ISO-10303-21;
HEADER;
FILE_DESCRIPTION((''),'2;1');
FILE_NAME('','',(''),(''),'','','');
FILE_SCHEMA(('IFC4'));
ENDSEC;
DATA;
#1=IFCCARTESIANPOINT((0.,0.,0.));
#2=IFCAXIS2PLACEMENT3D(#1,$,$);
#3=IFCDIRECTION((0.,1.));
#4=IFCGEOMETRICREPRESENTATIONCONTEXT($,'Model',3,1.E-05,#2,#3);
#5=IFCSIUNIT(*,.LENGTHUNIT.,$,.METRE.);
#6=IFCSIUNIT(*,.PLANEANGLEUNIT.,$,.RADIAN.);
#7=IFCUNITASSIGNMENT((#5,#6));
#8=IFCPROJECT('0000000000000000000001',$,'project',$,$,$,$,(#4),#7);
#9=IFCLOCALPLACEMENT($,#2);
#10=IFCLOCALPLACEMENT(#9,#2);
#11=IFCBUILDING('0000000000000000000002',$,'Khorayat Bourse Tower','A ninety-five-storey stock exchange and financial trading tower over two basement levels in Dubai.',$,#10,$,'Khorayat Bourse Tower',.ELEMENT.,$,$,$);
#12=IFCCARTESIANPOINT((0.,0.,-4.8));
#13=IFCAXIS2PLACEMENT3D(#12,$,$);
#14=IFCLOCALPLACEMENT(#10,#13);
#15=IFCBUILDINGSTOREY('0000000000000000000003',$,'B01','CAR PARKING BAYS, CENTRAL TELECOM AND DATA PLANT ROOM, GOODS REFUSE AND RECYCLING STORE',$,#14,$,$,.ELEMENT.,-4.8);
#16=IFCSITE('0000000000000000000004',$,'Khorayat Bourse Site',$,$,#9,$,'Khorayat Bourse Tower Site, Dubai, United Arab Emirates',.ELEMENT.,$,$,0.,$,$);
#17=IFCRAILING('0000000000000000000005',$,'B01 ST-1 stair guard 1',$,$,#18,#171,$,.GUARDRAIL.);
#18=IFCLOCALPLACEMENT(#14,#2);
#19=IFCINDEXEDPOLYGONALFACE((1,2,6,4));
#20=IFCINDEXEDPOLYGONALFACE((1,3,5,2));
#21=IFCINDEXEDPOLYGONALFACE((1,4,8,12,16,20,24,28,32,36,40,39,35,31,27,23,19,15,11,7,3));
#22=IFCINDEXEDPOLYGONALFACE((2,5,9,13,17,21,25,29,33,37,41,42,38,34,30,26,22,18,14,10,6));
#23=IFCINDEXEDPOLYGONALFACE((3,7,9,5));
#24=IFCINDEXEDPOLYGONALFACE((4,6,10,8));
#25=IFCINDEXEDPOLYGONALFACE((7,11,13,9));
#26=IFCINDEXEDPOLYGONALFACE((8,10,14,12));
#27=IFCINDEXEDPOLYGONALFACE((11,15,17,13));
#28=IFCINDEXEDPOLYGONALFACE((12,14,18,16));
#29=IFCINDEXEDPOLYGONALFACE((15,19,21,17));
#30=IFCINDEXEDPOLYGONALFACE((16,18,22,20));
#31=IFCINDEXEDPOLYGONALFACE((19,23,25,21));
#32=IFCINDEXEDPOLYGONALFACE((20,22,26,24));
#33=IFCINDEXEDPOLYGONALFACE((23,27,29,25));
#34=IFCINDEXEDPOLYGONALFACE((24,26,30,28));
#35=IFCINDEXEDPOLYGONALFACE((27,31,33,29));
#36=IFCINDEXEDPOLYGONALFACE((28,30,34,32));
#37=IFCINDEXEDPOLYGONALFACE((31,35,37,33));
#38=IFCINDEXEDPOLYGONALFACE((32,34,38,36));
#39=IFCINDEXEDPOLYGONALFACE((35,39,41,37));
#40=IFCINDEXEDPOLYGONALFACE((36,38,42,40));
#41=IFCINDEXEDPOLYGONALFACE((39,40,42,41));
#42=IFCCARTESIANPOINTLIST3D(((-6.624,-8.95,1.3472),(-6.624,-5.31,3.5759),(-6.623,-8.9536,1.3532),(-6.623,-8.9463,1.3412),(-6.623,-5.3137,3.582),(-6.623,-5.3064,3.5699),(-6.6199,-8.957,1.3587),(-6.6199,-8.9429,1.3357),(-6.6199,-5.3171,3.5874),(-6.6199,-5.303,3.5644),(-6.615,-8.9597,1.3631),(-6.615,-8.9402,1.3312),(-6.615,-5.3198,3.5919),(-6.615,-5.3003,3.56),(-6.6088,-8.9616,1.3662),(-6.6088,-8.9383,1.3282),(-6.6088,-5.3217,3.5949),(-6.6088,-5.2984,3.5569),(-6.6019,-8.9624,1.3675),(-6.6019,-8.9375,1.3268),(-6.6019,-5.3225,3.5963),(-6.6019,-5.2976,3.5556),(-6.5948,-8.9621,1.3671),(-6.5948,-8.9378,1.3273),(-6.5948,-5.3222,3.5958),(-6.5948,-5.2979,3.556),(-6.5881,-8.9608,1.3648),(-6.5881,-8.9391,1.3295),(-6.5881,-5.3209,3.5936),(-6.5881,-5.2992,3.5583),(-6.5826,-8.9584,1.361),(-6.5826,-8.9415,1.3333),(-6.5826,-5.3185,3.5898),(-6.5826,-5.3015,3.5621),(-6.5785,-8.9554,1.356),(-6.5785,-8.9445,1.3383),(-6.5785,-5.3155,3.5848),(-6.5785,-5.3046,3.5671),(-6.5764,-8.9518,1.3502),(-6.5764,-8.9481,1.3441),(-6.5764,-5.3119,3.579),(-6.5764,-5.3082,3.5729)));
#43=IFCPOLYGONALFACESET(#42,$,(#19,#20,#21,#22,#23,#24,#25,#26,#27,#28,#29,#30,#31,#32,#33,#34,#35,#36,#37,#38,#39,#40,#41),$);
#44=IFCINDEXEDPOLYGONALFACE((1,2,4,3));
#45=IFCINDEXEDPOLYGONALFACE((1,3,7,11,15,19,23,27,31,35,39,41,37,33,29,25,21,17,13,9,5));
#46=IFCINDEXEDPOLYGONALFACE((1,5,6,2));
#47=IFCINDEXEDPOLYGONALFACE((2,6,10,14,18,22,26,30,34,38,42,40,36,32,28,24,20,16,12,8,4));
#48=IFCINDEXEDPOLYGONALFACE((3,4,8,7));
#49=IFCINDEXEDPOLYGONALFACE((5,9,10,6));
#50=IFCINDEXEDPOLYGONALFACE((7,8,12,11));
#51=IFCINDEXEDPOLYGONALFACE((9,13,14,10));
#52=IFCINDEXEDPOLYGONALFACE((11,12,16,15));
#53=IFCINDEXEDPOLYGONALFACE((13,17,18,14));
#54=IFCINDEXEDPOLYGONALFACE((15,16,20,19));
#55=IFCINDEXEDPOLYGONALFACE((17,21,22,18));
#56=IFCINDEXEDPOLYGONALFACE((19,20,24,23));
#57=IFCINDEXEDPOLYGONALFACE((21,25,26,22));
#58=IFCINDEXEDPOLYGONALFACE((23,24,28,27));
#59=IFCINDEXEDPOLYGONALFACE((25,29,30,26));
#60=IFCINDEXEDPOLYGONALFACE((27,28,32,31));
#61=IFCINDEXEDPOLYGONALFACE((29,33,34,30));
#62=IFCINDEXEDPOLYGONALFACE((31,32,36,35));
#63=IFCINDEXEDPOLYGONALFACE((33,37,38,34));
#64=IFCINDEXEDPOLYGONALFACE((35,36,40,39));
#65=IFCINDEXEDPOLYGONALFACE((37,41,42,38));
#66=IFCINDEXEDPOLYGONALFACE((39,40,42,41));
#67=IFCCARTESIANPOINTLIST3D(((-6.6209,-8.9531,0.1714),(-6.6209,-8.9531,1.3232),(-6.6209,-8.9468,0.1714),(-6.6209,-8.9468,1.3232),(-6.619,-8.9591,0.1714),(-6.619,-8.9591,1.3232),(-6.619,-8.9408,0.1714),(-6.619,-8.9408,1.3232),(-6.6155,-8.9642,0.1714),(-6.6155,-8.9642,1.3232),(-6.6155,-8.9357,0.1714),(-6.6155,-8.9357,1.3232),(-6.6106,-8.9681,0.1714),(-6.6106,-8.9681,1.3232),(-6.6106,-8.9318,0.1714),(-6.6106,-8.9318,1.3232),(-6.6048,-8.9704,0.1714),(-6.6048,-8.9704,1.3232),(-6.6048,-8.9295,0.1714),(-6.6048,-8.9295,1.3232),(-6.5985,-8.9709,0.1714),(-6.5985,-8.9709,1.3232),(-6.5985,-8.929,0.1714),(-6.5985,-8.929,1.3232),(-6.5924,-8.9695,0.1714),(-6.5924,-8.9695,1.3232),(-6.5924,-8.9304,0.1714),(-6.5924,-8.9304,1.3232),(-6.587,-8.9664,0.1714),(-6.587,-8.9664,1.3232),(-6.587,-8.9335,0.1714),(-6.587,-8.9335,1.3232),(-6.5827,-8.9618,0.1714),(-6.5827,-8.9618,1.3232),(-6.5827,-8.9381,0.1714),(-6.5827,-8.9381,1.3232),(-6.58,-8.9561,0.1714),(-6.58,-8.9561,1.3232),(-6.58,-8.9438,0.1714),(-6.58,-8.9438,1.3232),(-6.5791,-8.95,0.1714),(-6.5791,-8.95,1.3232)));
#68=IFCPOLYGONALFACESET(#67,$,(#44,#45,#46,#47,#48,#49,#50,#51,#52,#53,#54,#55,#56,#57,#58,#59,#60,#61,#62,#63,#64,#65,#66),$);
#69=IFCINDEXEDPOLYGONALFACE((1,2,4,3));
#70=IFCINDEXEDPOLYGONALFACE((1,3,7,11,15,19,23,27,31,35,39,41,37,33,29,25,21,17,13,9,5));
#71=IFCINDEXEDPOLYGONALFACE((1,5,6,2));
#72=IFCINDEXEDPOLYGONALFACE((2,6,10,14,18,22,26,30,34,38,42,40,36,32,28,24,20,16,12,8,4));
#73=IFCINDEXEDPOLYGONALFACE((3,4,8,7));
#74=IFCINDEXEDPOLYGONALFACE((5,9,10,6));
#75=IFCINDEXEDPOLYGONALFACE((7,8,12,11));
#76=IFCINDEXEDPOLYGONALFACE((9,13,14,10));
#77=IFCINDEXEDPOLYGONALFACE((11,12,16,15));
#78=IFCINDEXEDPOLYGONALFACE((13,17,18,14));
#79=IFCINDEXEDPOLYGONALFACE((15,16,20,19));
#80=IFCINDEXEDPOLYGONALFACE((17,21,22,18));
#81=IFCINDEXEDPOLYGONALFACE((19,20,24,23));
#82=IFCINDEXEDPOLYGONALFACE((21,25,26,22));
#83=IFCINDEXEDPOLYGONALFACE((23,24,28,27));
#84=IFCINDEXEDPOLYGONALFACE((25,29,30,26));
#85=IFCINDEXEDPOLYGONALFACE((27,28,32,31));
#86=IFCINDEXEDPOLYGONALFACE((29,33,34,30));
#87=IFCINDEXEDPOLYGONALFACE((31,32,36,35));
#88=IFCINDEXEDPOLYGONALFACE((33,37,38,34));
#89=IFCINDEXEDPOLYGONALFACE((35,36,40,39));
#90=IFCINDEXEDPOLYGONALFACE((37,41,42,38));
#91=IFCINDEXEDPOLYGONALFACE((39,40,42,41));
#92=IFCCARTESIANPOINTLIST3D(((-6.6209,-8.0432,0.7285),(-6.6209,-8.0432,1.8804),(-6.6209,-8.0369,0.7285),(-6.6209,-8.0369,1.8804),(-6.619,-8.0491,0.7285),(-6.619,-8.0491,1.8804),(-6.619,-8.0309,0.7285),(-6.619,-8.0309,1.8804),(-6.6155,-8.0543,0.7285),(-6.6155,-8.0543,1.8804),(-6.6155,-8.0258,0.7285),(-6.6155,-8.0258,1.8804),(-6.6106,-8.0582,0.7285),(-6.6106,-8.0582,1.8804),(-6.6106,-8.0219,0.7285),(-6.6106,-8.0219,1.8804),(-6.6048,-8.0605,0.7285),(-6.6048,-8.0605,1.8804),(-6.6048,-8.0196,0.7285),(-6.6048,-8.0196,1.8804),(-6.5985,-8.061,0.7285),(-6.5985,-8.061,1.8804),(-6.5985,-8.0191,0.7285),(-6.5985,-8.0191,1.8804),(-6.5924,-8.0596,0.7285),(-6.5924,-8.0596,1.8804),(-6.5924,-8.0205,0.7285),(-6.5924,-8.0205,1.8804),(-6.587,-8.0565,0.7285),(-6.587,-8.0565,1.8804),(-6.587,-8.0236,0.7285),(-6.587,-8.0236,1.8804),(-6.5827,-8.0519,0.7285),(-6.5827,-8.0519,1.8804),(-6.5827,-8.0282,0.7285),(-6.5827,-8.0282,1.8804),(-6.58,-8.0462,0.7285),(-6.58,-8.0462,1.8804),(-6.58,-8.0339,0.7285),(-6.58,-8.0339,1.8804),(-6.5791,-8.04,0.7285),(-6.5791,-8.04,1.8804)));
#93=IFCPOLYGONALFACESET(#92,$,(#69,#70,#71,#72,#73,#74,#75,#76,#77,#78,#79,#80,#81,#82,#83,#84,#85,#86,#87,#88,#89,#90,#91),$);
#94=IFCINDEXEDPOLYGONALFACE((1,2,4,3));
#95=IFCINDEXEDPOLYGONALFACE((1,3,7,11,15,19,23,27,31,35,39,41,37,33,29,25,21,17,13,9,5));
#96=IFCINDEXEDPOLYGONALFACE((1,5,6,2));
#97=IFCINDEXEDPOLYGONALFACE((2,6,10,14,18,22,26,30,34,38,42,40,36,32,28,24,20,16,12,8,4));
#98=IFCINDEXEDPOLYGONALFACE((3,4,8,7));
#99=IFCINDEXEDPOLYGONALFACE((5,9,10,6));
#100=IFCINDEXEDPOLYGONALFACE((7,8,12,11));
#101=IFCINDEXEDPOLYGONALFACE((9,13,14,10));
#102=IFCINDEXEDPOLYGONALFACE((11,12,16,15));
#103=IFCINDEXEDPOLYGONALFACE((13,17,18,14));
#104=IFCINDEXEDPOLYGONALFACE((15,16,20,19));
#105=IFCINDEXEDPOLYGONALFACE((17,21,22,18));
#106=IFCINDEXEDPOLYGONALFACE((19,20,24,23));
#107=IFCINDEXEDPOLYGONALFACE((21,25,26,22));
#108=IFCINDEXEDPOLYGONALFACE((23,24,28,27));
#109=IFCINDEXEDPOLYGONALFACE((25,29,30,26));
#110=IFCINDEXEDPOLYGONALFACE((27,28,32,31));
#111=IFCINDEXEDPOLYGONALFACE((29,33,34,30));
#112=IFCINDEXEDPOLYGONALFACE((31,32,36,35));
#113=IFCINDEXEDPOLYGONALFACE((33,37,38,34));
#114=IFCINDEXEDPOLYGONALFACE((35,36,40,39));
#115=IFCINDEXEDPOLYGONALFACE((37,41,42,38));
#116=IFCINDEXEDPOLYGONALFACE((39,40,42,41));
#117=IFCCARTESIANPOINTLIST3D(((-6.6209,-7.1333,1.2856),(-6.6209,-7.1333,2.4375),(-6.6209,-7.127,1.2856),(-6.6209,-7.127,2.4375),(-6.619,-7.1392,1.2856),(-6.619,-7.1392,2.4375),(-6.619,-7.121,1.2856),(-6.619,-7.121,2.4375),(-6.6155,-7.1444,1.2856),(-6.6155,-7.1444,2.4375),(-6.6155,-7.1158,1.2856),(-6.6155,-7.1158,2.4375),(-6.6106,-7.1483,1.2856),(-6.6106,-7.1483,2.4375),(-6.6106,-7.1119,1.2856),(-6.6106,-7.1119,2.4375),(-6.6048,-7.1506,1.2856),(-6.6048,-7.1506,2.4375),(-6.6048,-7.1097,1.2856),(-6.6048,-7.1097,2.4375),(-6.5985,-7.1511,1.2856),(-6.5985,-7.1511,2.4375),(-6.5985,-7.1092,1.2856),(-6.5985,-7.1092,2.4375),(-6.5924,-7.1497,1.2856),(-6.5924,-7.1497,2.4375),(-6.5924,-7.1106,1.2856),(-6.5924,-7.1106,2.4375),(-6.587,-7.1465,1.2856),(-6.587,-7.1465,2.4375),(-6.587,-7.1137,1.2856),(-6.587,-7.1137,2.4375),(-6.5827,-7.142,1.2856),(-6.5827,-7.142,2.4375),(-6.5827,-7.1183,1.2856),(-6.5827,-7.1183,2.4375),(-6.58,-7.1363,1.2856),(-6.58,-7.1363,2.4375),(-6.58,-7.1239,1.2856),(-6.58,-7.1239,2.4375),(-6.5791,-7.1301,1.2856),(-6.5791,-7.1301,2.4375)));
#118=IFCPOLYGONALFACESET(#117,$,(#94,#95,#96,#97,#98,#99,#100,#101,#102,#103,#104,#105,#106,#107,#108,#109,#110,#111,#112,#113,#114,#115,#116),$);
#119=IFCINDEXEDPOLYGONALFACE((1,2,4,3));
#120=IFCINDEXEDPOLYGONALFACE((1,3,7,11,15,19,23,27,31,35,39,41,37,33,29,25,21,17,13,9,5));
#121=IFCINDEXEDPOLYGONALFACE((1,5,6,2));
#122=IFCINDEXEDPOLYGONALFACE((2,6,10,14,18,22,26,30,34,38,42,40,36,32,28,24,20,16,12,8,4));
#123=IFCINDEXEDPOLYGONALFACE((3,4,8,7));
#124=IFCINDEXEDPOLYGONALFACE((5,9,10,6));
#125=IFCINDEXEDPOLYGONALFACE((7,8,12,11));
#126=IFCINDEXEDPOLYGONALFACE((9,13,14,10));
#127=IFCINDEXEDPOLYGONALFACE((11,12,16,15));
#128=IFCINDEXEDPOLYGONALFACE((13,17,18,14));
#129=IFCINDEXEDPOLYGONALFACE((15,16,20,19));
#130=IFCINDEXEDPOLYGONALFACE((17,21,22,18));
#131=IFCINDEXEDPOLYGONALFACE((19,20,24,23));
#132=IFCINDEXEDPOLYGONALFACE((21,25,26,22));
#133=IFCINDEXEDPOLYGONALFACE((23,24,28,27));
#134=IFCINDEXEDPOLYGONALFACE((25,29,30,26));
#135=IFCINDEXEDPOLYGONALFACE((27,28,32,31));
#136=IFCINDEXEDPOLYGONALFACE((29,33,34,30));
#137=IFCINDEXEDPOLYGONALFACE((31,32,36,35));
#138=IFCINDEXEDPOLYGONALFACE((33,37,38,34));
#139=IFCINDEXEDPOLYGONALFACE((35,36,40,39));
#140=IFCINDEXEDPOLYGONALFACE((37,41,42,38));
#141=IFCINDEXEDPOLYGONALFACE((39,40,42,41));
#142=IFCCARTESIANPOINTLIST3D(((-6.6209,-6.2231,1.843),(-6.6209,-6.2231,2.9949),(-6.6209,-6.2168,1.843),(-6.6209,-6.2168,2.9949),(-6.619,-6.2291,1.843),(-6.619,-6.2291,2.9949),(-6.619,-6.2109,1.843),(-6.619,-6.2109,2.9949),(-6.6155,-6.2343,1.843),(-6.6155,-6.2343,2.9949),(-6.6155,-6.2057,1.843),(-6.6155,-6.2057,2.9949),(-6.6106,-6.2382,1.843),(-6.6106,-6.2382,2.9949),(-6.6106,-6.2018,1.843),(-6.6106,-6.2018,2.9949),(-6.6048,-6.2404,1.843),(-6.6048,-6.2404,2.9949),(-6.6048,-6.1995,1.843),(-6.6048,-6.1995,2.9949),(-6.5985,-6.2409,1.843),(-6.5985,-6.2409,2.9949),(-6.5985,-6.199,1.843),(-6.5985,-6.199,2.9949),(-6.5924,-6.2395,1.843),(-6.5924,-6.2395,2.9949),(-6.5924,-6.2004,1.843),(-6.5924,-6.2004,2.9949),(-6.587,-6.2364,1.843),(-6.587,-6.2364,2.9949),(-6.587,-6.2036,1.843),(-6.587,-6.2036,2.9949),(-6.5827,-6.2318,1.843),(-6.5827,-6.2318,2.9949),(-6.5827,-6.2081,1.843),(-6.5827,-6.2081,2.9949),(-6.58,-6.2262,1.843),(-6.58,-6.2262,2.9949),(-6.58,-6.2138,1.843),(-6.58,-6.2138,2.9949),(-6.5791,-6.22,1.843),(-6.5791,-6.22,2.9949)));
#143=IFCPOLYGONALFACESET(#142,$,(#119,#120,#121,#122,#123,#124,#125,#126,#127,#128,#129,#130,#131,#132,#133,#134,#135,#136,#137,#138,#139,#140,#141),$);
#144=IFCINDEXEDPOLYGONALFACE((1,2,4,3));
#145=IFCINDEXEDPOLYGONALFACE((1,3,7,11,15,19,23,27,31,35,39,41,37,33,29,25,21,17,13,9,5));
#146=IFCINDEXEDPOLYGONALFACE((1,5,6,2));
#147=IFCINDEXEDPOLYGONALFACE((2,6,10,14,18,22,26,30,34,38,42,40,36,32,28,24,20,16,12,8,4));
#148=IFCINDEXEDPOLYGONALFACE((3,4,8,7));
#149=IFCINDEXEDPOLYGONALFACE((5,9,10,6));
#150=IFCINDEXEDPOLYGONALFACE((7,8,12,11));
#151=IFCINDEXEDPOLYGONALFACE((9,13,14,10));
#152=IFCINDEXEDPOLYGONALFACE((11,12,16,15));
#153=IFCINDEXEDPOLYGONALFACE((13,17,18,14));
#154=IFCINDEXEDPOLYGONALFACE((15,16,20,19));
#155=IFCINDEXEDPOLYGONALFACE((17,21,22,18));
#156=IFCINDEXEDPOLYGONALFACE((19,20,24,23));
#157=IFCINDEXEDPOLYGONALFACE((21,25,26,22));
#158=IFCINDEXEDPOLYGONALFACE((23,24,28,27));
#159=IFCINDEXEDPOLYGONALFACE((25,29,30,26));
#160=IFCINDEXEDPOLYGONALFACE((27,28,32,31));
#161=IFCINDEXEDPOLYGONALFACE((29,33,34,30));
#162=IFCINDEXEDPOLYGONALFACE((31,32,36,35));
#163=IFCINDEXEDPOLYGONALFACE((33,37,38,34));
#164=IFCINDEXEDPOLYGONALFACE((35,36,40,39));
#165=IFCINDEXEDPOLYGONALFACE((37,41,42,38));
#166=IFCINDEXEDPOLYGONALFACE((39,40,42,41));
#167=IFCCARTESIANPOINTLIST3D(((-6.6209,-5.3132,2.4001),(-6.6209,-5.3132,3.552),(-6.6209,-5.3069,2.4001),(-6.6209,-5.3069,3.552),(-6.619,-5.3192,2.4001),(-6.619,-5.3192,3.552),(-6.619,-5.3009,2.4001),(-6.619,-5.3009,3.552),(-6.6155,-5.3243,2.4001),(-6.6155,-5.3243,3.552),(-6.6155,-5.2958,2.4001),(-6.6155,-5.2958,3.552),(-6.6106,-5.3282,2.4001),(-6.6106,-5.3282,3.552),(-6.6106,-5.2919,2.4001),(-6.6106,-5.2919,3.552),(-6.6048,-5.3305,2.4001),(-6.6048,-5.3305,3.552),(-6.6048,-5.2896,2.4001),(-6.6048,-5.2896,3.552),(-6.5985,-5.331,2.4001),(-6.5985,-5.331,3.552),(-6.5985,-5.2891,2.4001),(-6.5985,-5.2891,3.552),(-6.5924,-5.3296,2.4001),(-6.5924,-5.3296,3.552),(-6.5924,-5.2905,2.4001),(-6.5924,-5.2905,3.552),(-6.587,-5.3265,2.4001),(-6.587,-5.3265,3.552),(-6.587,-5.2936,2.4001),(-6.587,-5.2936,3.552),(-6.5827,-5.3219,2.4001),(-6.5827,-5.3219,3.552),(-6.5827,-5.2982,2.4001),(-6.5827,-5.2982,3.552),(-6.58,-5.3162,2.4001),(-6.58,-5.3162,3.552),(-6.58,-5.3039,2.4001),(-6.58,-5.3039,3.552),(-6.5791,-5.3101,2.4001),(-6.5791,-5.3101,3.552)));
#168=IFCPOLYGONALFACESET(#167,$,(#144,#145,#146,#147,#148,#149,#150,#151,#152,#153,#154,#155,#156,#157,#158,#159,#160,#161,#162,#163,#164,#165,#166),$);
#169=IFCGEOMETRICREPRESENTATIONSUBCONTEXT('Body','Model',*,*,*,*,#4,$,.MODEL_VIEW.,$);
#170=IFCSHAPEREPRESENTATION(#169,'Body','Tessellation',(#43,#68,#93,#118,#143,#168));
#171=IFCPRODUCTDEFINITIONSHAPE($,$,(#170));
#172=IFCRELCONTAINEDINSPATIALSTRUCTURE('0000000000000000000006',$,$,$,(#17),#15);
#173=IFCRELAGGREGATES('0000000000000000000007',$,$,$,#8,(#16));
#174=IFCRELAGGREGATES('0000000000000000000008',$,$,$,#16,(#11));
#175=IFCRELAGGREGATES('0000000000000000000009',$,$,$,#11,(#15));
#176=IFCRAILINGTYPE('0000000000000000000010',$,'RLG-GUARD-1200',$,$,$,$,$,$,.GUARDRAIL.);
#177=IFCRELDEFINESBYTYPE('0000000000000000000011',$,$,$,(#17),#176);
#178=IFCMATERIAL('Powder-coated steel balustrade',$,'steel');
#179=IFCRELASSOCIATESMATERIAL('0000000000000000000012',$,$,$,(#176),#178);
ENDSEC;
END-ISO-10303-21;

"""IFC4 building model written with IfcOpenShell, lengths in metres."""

from ifc_helpers import new_model, si_unit, direction, frame, origin, origin_2d, place, context, subcontext, project, spatial, circle, extrude, source, transform, mapped, material, type_object, element, save


model = new_model("IFC4")

# Units and contexts
model_context = context("Model", 3, precision=1e-05, world=origin(), true_north=direction((0.0, 1.0)))
body_context = subcontext(model_context, "Body", "Model", "MODEL_VIEW")
ifc_project = project(units=[si_unit("LENGTHUNIT", "METRE"), si_unit("PLANEANGLEUNIT", "RADIAN")], contexts=[model_context])

# Site, building, storey
site_placement = place(None, origin())
site = spatial("IfcSite", under=ifc_project, at=site_placement, Name="Khorayat Bourse Site", LongName="Khorayat Bourse Tower Site, Dubai, United Arab Emirates", CompositionType="ELEMENT", RefElevation=0.0)
building_placement = place(site_placement, origin())
building = spatial("IfcBuilding", under=site, at=building_placement, Name="Khorayat Bourse Tower", Description="A ninety-five-storey stock exchange and financial trading tower over two basement levels in Dubai.", LongName="Khorayat Bourse Tower", CompositionType="ELEMENT")
storey_placement = place(building_placement, frame((0.0, 0.0, -4.8)))
storey = spatial("IfcBuildingStorey", under=building, at=storey_placement, Name="B01", Description="CAR PARKING BAYS, CENTRAL TELECOM AND DATA PLANT ROOM, GOODS REFUSE AND RECYCLING STORE", CompositionType="ELEMENT", Elevation=-4.8)

# Railing
ifc_material_1 = material(Name="Powder-coated steel balustrade", Category="steel")
railing_type_1 = type_object("IfcRailingType", Name="RLG-GUARD-1200", PredefinedType="GUARDRAIL", material=ifc_material_1)
shared_shape_1 = source(origin(), body_context, "Body", "SweptSolid", [
    extrude(circle(Radius=0.0239, at=origin_2d()), frame((0.0, 0.0, 1.1758), z_axis=(0.0, 0.852825, 0.522197), x_axis=(-1.0, 0.0, 0.0)), (0.0, 0.0, 1.0), 4.2681),
    extrude(circle(Radius=0.021, at=origin_2d()), origin(), (0.0, 0.0, 1.0), 1.1519),
    extrude(circle(Radius=0.021, at=origin_2d()), frame((0.0, 0.9099, 0.5571)), (0.0, 0.0, 1.0), 1.1519),
    extrude(circle(Radius=0.021, at=origin_2d()), frame((0.0, 1.8198, 1.1143)), (0.0, 0.0, 1.0), 1.1519),
    extrude(circle(Radius=0.021, at=origin_2d()), frame((0.0, 2.73, 1.6716)), (0.0, 0.0, 1.0), 1.1519),
    extrude(circle(Radius=0.021, at=origin_2d()), frame((0.0, 3.6399, 2.2288)), (0.0, 0.0, 1.0), 1.1519),
])
railing_1_placement = place(storey_placement, frame((-6.6001, -8.95, 0.1714)))
element("IfcRailing", 1, at=railing_1_placement, inside=storey, type_object=railing_type_1, Name="B01 ST-1 stair guard 1", PredefinedType="GUARDRAIL", context=body_context, shape_type="MappedRepresentation", body=[
    mapped(shared_shape_1, transform((0.0, 0.0, 0.0), scale=1.0)),
])

save(model, "model.ifc")
